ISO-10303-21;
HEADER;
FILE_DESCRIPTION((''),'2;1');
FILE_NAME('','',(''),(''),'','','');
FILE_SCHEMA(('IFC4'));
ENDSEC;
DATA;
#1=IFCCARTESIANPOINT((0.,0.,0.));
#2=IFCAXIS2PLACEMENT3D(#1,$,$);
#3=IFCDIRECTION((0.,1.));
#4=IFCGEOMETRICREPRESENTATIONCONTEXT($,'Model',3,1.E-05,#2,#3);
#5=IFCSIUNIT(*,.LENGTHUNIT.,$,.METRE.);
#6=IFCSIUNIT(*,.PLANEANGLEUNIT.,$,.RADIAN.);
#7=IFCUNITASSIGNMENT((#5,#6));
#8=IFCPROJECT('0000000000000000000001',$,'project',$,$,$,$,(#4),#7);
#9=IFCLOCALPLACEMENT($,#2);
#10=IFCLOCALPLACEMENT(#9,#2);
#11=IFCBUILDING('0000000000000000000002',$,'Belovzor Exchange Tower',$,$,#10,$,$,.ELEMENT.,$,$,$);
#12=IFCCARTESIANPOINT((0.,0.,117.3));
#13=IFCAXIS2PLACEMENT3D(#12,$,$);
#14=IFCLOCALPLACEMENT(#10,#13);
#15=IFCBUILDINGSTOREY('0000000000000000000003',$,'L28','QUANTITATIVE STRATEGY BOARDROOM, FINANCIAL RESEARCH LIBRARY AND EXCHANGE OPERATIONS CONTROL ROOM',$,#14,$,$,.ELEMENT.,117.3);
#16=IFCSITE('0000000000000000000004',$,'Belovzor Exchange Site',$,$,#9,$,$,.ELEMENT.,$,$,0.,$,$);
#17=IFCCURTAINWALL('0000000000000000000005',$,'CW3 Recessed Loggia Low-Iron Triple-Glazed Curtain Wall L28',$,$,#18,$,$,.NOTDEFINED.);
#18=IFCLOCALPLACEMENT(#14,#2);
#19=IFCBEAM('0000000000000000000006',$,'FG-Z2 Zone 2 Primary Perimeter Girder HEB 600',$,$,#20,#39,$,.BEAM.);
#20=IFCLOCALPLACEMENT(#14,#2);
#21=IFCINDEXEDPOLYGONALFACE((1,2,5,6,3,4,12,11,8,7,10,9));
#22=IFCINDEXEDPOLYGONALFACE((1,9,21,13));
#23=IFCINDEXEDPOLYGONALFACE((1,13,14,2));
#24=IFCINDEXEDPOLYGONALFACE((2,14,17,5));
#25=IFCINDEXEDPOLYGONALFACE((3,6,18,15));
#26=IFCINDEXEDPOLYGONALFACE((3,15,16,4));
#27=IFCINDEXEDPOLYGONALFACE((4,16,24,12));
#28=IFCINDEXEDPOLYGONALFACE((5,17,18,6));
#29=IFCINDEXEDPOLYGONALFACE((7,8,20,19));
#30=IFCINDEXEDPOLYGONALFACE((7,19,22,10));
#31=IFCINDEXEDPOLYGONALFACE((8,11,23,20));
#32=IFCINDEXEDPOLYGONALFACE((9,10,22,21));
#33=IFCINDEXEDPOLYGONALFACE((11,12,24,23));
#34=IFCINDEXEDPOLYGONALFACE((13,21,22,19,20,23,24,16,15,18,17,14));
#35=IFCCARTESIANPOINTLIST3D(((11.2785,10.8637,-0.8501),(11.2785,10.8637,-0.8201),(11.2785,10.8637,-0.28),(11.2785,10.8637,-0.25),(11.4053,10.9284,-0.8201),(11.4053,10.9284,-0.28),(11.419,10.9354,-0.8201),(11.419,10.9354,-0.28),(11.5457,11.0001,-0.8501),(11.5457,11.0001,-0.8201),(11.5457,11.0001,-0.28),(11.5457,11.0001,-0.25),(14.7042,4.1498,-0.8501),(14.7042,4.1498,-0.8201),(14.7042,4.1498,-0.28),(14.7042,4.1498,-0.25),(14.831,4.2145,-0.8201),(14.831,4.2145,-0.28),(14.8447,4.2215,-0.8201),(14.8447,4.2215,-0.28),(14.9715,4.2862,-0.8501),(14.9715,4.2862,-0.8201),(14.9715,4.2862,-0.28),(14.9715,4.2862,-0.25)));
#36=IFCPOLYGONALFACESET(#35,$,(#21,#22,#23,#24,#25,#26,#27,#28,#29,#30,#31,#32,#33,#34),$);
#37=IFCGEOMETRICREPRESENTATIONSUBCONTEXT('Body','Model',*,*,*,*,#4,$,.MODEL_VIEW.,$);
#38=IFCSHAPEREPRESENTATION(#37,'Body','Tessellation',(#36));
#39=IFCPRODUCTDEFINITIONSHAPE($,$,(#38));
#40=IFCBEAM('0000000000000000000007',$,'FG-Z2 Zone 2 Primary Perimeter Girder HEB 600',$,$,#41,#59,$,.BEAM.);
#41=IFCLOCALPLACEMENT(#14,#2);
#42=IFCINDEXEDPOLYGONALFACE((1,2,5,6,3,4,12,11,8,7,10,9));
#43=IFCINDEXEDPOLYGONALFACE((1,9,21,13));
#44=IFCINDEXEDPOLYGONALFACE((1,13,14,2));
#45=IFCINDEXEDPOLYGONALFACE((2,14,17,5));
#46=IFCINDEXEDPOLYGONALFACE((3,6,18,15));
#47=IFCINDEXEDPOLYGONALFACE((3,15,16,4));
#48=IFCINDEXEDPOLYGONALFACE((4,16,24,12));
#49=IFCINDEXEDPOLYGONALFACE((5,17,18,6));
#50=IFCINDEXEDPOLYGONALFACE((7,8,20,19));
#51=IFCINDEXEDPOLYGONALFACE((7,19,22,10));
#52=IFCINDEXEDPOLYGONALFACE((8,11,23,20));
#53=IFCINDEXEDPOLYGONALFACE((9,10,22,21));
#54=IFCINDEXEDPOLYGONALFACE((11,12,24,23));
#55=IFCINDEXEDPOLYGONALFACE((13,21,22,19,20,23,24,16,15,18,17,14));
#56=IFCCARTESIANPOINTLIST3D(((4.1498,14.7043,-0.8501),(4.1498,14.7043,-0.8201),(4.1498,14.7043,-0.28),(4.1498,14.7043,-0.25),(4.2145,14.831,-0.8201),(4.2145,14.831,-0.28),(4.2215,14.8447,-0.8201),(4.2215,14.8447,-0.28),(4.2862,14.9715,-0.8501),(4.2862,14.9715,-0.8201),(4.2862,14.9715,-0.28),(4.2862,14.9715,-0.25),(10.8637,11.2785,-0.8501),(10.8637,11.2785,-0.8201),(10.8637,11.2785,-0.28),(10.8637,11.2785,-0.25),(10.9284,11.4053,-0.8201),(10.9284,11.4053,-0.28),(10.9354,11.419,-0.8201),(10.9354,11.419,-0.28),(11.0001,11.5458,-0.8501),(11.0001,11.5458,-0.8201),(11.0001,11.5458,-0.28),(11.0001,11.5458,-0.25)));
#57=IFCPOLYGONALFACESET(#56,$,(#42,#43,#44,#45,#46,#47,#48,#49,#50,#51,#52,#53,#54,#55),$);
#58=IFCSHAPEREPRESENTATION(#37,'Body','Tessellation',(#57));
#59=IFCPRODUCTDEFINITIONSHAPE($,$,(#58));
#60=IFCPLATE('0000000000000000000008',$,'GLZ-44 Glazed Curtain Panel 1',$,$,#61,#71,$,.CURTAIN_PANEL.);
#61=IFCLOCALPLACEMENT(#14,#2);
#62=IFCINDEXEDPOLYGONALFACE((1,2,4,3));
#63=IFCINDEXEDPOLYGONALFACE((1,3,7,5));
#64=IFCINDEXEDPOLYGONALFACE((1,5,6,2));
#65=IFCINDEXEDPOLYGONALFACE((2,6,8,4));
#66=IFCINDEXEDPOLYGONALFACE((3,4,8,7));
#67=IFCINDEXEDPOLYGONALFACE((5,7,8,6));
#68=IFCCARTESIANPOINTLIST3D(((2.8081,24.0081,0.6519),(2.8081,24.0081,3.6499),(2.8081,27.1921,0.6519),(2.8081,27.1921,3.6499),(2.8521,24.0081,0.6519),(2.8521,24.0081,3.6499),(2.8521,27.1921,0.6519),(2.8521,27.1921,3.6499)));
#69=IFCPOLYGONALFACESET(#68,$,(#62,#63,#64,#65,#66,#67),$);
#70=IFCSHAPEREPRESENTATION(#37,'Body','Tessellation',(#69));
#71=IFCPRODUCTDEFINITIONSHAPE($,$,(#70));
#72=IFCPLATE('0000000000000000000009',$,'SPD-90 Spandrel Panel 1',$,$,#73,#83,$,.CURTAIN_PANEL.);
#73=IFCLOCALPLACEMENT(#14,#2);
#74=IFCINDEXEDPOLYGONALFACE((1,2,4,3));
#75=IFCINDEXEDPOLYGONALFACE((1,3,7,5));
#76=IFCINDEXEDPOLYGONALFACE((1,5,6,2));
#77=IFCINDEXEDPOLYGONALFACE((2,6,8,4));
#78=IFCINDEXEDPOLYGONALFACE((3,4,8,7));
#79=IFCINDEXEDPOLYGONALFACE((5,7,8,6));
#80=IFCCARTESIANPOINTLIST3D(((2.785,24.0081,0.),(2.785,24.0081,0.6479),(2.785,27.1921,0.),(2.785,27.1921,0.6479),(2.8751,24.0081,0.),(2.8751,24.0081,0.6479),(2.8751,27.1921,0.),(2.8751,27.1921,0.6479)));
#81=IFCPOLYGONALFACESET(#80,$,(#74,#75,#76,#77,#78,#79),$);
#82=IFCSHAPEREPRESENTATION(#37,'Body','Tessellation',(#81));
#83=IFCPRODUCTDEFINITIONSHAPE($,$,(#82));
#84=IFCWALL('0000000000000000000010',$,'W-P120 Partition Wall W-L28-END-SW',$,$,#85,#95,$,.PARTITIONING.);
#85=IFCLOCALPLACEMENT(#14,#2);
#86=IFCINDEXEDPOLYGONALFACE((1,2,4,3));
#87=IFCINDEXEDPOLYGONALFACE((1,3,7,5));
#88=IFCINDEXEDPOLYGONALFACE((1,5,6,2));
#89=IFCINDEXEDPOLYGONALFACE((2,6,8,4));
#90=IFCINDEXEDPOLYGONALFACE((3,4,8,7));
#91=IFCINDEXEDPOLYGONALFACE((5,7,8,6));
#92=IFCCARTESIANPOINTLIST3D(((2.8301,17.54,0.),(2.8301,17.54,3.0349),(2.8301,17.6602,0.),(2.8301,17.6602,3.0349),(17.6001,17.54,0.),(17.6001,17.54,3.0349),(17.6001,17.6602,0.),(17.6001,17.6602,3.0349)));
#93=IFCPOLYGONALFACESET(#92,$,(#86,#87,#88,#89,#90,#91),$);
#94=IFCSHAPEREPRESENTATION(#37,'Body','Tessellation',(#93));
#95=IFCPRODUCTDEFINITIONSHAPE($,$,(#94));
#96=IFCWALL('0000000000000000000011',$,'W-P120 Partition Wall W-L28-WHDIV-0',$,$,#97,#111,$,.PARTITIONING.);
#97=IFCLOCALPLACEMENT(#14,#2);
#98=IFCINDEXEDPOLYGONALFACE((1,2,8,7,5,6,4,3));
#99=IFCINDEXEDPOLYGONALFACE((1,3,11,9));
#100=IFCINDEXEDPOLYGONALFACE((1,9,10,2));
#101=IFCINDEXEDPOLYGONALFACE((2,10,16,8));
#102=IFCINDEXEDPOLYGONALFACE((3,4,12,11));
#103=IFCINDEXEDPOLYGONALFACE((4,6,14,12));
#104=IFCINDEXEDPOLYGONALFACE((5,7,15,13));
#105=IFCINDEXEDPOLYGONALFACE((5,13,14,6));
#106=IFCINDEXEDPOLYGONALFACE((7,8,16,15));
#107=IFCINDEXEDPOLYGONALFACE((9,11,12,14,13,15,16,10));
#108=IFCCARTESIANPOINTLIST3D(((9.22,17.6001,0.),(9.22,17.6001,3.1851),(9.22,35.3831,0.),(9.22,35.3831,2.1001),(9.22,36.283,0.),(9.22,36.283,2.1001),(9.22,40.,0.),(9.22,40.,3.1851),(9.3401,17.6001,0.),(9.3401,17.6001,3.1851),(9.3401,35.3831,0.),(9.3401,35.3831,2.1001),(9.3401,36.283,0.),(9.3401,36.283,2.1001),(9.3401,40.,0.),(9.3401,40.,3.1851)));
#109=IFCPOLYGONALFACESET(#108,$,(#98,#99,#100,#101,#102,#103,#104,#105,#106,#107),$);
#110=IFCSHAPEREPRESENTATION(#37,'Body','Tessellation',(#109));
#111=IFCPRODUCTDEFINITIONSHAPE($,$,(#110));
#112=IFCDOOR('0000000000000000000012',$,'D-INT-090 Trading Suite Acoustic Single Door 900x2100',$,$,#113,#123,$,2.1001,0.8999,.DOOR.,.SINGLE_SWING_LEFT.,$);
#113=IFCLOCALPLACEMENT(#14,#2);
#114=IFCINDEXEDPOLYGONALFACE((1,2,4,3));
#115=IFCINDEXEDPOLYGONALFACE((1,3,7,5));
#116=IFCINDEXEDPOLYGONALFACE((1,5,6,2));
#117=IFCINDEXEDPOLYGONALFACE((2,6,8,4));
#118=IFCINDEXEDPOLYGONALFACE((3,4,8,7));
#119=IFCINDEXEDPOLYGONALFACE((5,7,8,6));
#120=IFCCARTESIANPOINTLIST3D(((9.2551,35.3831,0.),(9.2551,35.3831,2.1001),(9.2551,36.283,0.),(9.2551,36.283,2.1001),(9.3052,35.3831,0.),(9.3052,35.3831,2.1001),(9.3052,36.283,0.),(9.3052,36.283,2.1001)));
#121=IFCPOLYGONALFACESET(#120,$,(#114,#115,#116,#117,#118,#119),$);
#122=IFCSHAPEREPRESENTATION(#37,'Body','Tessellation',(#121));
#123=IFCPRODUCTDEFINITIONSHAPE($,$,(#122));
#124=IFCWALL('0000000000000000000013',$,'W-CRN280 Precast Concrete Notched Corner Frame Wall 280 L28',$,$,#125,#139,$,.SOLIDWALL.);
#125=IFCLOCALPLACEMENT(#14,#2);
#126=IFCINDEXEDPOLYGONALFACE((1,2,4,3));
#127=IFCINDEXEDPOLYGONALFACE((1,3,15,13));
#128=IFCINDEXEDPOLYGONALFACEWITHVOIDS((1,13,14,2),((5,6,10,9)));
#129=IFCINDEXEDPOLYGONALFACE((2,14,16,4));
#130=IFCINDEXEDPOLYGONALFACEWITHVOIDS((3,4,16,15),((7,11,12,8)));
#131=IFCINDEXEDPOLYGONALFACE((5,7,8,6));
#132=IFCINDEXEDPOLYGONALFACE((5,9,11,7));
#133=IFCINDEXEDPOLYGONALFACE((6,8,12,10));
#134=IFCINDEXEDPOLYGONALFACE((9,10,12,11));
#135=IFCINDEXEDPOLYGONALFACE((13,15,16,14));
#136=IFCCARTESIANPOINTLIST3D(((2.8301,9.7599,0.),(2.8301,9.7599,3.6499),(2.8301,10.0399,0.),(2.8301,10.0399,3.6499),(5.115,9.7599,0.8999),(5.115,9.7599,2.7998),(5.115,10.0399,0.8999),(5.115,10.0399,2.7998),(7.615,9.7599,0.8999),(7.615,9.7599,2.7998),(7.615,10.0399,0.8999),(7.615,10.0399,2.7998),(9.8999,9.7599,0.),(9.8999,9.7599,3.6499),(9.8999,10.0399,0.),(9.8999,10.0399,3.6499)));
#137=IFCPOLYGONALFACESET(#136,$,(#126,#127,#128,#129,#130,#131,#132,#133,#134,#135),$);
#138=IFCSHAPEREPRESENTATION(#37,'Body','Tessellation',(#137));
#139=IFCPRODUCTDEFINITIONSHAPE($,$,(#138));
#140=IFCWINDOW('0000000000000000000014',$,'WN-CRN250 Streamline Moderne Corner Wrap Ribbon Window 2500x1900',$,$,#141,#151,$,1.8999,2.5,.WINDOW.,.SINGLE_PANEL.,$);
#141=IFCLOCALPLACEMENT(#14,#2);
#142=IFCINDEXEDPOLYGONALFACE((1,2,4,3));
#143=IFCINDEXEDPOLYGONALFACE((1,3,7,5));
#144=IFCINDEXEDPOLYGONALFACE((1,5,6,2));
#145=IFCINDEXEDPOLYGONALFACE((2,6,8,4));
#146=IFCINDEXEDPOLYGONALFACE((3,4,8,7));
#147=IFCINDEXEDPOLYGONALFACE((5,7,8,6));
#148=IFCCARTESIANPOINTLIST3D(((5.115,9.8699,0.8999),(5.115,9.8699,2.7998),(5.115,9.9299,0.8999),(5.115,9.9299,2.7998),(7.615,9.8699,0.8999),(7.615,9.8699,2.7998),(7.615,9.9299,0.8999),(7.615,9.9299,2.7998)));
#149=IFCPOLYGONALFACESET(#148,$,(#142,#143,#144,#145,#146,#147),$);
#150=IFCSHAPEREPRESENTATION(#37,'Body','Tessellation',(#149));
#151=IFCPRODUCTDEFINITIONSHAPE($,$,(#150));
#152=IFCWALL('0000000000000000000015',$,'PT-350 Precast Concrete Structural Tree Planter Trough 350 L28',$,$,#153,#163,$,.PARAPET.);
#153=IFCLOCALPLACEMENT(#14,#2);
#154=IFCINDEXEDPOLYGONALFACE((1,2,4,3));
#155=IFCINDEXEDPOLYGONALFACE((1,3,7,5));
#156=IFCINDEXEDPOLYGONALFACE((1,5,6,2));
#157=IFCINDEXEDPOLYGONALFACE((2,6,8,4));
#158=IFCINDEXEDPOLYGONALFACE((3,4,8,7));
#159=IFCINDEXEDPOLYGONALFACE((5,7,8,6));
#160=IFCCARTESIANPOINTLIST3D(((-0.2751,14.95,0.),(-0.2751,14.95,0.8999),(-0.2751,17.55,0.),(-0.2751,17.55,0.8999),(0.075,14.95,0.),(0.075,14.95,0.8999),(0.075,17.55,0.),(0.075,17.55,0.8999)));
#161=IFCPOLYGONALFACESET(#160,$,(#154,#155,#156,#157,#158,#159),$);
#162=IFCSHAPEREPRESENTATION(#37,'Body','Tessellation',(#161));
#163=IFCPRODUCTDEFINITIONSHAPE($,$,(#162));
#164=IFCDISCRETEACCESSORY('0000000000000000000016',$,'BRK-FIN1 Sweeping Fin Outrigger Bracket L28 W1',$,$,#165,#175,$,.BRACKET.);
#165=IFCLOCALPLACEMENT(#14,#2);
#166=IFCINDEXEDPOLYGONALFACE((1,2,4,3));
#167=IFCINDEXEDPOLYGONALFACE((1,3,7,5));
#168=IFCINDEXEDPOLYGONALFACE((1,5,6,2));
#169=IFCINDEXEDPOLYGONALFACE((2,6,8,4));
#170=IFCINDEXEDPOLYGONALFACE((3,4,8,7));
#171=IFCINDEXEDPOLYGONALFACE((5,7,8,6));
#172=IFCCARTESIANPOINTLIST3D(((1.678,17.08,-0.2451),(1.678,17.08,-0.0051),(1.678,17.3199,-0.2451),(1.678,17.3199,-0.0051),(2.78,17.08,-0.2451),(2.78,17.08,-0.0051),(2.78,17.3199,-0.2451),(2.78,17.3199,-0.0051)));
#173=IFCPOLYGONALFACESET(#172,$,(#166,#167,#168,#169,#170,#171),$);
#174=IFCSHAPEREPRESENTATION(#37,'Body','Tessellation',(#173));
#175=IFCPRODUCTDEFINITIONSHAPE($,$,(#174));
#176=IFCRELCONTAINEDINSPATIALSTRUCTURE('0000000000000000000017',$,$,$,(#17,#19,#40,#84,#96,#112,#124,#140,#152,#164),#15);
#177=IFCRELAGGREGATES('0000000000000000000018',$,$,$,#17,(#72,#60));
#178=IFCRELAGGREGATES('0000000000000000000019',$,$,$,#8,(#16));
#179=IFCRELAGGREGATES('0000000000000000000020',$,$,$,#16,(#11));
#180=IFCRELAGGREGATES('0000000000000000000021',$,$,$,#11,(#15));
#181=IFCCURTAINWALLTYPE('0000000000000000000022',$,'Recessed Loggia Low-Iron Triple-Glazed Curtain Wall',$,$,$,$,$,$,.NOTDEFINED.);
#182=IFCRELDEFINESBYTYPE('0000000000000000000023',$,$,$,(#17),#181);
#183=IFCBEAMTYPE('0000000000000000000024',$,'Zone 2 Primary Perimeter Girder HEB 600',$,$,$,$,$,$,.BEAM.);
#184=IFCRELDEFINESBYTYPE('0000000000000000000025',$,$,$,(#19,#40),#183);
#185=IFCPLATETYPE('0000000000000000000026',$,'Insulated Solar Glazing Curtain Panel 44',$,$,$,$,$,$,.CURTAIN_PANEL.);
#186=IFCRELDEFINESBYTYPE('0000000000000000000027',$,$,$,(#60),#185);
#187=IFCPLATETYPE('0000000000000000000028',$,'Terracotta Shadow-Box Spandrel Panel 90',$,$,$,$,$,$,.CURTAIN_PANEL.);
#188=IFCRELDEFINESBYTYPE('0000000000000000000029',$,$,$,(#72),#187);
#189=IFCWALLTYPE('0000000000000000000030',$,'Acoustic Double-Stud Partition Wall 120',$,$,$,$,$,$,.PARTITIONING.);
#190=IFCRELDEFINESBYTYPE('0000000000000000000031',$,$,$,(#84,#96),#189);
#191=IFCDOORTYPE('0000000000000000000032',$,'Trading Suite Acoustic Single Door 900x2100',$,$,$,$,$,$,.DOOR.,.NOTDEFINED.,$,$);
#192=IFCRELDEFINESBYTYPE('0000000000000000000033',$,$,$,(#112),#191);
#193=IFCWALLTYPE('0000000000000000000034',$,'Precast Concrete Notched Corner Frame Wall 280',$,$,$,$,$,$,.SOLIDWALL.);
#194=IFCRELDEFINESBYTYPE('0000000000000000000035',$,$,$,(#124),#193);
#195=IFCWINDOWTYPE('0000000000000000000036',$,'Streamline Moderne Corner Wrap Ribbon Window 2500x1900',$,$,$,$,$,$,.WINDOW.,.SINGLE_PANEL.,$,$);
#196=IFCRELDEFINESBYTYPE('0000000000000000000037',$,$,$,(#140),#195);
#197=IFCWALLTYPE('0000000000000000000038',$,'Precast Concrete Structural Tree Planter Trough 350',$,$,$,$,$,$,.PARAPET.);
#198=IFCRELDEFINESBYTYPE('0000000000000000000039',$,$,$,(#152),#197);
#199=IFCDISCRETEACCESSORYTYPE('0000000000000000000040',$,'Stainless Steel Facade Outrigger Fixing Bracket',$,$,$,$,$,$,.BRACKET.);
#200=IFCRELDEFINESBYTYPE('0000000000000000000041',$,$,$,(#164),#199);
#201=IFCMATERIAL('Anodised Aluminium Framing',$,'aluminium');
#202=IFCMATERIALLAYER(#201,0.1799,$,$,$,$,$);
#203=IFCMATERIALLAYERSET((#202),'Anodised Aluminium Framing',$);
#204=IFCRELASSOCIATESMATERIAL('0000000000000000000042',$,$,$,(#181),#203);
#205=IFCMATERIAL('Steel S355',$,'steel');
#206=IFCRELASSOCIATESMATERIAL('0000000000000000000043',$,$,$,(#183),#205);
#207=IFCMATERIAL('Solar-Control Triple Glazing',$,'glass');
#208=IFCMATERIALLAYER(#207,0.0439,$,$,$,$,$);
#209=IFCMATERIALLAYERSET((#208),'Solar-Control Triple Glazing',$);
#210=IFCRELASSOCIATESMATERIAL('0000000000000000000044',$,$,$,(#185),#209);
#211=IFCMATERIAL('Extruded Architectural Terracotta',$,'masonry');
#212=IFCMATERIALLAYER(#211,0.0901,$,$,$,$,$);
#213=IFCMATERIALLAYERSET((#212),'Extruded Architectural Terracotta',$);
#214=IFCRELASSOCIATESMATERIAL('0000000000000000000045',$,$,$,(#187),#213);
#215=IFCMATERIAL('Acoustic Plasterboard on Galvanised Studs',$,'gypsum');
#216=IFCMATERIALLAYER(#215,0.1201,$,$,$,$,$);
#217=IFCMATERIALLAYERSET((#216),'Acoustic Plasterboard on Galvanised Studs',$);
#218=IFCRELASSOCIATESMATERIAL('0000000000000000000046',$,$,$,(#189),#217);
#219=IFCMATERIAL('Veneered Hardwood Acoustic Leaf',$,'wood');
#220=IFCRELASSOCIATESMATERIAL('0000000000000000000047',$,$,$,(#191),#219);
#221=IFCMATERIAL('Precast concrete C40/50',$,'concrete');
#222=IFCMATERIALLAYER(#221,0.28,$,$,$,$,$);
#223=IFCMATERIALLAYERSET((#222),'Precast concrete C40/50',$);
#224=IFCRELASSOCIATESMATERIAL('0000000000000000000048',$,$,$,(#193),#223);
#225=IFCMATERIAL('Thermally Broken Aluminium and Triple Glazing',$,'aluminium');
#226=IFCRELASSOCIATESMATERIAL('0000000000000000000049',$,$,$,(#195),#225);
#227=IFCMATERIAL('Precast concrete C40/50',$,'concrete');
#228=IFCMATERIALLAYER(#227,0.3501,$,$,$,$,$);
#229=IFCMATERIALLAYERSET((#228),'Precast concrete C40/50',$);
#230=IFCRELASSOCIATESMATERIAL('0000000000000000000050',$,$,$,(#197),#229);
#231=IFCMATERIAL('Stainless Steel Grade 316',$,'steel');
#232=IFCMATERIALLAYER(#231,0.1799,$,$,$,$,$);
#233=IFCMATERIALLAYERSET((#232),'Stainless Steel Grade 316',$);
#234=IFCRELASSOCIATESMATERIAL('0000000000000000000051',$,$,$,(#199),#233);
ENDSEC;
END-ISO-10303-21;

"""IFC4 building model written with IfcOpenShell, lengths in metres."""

from ifc_helpers import new_model, si_unit, direction, frame, frame_2d, origin, origin_2d, place, context, subcontext, project, spatial, rectangle, i_section, extrude, material, layer, layer_set, material_profile, profile_set, type_object, element, fill, aggregate, save


model = new_model("IFC4")

# Units and contexts
model_context = context("Model", 3, precision=1e-05, world=origin(), true_north=direction((0.0, 1.0)))
body_context = subcontext(model_context, "Body", "Model", "MODEL_VIEW")
ifc_project = project(units=[si_unit("LENGTHUNIT", "METRE"), si_unit("PLANEANGLEUNIT", "RADIAN")], contexts=[model_context])

# Site, building, storey
site_placement = place(None, origin())
site = spatial("IfcSite", under=ifc_project, at=site_placement, Name="Belovzor Exchange Site", CompositionType="ELEMENT", RefElevation=0.0)
building_placement = place(site_placement, origin())
building = spatial("IfcBuilding", under=site, at=building_placement, Name="Belovzor Exchange Tower", CompositionType="ELEMENT")
storey_placement = place(building_placement, frame((0.0, 0.0, 117.3)))
storey = spatial("IfcBuildingStorey", under=building, at=storey_placement, Name="L28", Description="QUANTITATIVE STRATEGY BOARDROOM, FINANCIAL RESEARCH LIBRARY AND EXCHANGE OPERATIONS CONTROL ROOM", CompositionType="ELEMENT", Elevation=117.3)

# Curtain wall
ifc_material_1 = material(Name="Anodised Aluminium Framing", Category="aluminium")
ifc_layer_1 = layer(ifc_material_1, 0.1799)
ifc_layer_set_1 = layer_set([ifc_layer_1], Name="Anodised Aluminium Framing")
curtain_wall_type = type_object("IfcCurtainWallType", Name="Recessed Loggia Low-Iron Triple-Glazed Curtain Wall", PredefinedType="NOTDEFINED", material=ifc_layer_set_1)
curtain_wall_placement = place(storey_placement, origin())
curtain_wall = element("IfcCurtainWall", 1, at=curtain_wall_placement, inside=storey, type_object=curtain_wall_type, Name="CW3 Recessed Loggia Low-Iron Triple-Glazed Curtain Wall L28", PredefinedType="NOTDEFINED")

# Beams
ifc_material_2 = material(Name="Steel S355", Category="steel")
ifc_material_profile_1 = material_profile(ifc_material_2, i_section(OverallWidth=0.3, OverallDepth=0.6001, WebThickness=0.0154, FlangeThickness=0.03, at=origin_2d()))
ifc_profile_set_1 = profile_set([ifc_material_profile_1], Name="Steel S355")
beam_type_1 = type_object("IfcBeamType", Name="Zone 2 Primary Perimeter Girder HEB 600", PredefinedType="BEAM", material=ifc_profile_set_1)
for number, where, z_axis, x_axis, name in (
    (2, (11.4121, 10.9319, -0.55), (0.454506, -0.890744, 0.0), (0.890744, 0.454506, 0.0), "FG-Z2 Zone 2 Primary Perimeter Girder HEB 600"),
    (3, (4.218, 14.8379, -0.55), (0.890744, -0.454506, 0.0), (0.454506, 0.890744, 0.0), "FG-Z2 Zone 2 Primary Perimeter Girder HEB 600"),
):
    element("IfcBeam", number, at=place(storey_placement, frame(where, z_axis=z_axis, x_axis=x_axis)), inside=storey, type_object=beam_type_1, Name=name, PredefinedType="BEAM", context=body_context, shape_type="SweptSolid", body=[
        extrude(i_section(OverallWidth=0.3, OverallDepth=0.6001, WebThickness=0.0154, FlangeThickness=0.03, at=origin_2d()), origin(), (0.0, 0.0, 1.0), 7.5374),
    ])

# Plates
ifc_material_3 = material(Name="Solar-Control Triple Glazing", Category="glass")
ifc_layer_2 = layer(ifc_material_3, 0.0439)
ifc_layer_set_2 = layer_set([ifc_layer_2], Name="Solar-Control Triple Glazing")
plate_type_1 = type_object("IfcPlateType", Name="Insulated Solar Glazing Curtain Panel 44", PredefinedType="CURTAIN_PANEL", material=ifc_layer_set_2)
plate_1_placement = place(storey_placement, frame((2.8301, 25.6001, 0.6519), z_axis=(0.0, 0.0, 1.0), x_axis=(0.0, 1.0, 0.0)))
plate_1 = element("IfcPlate", 4, at=plate_1_placement, type_object=plate_type_1, Name="GLZ-44 Glazed Curtain Panel 1", PredefinedType="CURTAIN_PANEL", context=body_context, shape_type="SweptSolid", body=[
    extrude(rectangle(XDim=3.1841, YDim=0.0439, at=origin_2d()), origin(), (0.0, 0.0, 1.0), 2.998),
])
ifc_material_4 = material(Name="Extruded Architectural Terracotta", Category="masonry")
ifc_layer_3 = layer(ifc_material_4, 0.0901)
ifc_layer_set_3 = layer_set([ifc_layer_3], Name="Extruded Architectural Terracotta")
plate_type_2 = type_object("IfcPlateType", Name="Terracotta Shadow-Box Spandrel Panel 90", PredefinedType="CURTAIN_PANEL", material=ifc_layer_set_3)
plate_2_placement = place(storey_placement, frame((2.8301, 25.6001, 0.0), z_axis=(0.0, 0.0, 1.0), x_axis=(0.0, 1.0, 0.0)))
plate_2 = element("IfcPlate", 5, at=plate_2_placement, type_object=plate_type_2, Name="SPD-90 Spandrel Panel 1", PredefinedType="CURTAIN_PANEL", context=body_context, shape_type="SweptSolid", body=[
    extrude(rectangle(XDim=3.1841, YDim=0.0901, at=origin_2d()), origin(), (0.0, 0.0, 1.0), 0.6479),
])
aggregate(curtain_wall, [plate_2, plate_1])

# Wall
ifc_material_5 = material(Name="Acoustic Plasterboard on Galvanised Studs", Category="gypsum")
ifc_layer_4 = layer(ifc_material_5, 0.1201)
ifc_layer_set_4 = layer_set([ifc_layer_4], Name="Acoustic Plasterboard on Galvanised Studs")
wall_type_1 = type_object("IfcWallType", Name="Acoustic Double-Stud Partition Wall 120", PredefinedType="PARTITIONING", material=ifc_layer_set_4)
wall_1_placement = place(storey_placement, frame((2.8301, 17.6001, 0.0), z_axis=(0.0, 0.0, 1.0), x_axis=(1.0, 0.0, 0.0)))
element("IfcWall", 6, at=wall_1_placement, inside=storey, type_object=wall_type_1, Name="W-P120 Partition Wall W-L28-END-SW", PredefinedType="PARTITIONING", context=body_context, shape_type="SweptSolid", body=[
    extrude(rectangle(XDim=14.77, YDim=0.1201, at=frame_2d((7.385, 0.0))), origin(), (0.0, 0.0, 1.0), 3.0349),
])

# Wall, opening, door
wall_2_placement = place(storey_placement, frame((9.28, 17.6001, 0.0), z_axis=(0.0, 0.0, 1.0), x_axis=(0.0, 1.0, 0.0)))
wall_2 = element("IfcWall", 7, at=wall_2_placement, inside=storey, type_object=wall_type_1, Name="W-P120 Partition Wall W-L28-WHDIV-0", PredefinedType="PARTITIONING", context=body_context, shape_type="SweptSolid", body=[
    extrude(rectangle(XDim=22.3999, YDim=0.1201, at=frame_2d((11.2, 0.0))), origin(), (0.0, 0.0, 1.0), 3.1851),
])
opening_1_placement = place(wall_2_placement, frame((17.783, 0.0, 0.0)))
opening_1 = element("IfcOpeningElement", 8, at=opening_1_placement, cuts=wall_2, PredefinedType="OPENING", context=body_context, shape_type="SweptSolid", body=[
    extrude(rectangle(XDim=0.8999, YDim=2.1001, at=frame_2d((0.45, 1.05))), frame((0.0, 0.0701, 0.0), z_axis=(0.0, -1.0, 0.0), x_axis=(1.0, 0.0, 0.0)), (0.0, 0.0, 1.0), 0.1401),
])
ifc_material_6 = material(Name="Veneered Hardwood Acoustic Leaf", Category="wood")
door_type = type_object("IfcDoorType", Name="Trading Suite Acoustic Single Door 900x2100", OperationType="NOTDEFINED", PredefinedType="DOOR", material=ifc_material_6)
door_placement = place(opening_1_placement, origin())
door = element("IfcDoor", 9, at=door_placement, inside=storey, type_object=door_type, Name="D-INT-090 Trading Suite Acoustic Single Door 900x2100", OperationType="SINGLE_SWING_LEFT", OverallHeight=2.1001, OverallWidth=0.8999, PredefinedType="DOOR", context=body_context, shape_type="SweptSolid", body=[
    extrude(rectangle(XDim=0.8999, YDim=2.1001, at=frame_2d((0.45, 1.05))), frame((0.0, 0.0249, 0.0), z_axis=(0.0, -1.0, 0.0), x_axis=(1.0, 0.0, 0.0)), (0.0, 0.0, 1.0), 0.05),
])
fill(opening_1, door)

# Wall, opening, window
ifc_material_7 = material(Name="Precast concrete C40/50", Category="concrete")
ifc_layer_5 = layer(ifc_material_7, 0.28)
ifc_layer_set_5 = layer_set([ifc_layer_5], Name="Precast concrete C40/50")
wall_type_2 = type_object("IfcWallType", Name="Precast Concrete Notched Corner Frame Wall 280", PredefinedType="SOLIDWALL", material=ifc_layer_set_5)
wall_3_placement = place(storey_placement, frame((9.8999, 9.8999, 0.0), z_axis=(0.0, 0.0, 1.0), x_axis=(-1.0, 0.0, 0.0)))
wall_3 = element("IfcWall", 10, at=wall_3_placement, inside=storey, type_object=wall_type_2, Name="W-CRN280 Precast Concrete Notched Corner Frame Wall 280 L28", PredefinedType="SOLIDWALL", context=body_context, shape_type="SweptSolid", body=[
    extrude(rectangle(XDim=7.0698, YDim=0.28, at=frame_2d((3.5349, 0.0))), origin(), (0.0, 0.0, 1.0), 3.6499),
])
opening_2_placement = place(wall_3_placement, frame((2.2849, 0.0, 0.8999)))
opening_2 = element("IfcOpeningElement", 11, at=opening_2_placement, cuts=wall_3, PredefinedType="OPENING", context=body_context, shape_type="SweptSolid", body=[
    extrude(rectangle(XDim=2.5, YDim=1.8999, at=frame_2d((1.25, 0.95))), frame((0.0, 0.1499, 0.0), z_axis=(0.0, -1.0, 0.0), x_axis=(1.0, 0.0, 0.0)), (0.0, 0.0, 1.0), 0.3),
])
ifc_material_8 = material(Name="Thermally Broken Aluminium and Triple Glazing", Category="aluminium")
window_type = type_object("IfcWindowType", Name="Streamline Moderne Corner Wrap Ribbon Window 2500x1900", PartitioningType="SINGLE_PANEL", PredefinedType="WINDOW", material=ifc_material_8)
window_placement = place(opening_2_placement, origin())
window = element("IfcWindow", 12, at=window_placement, inside=storey, type_object=window_type, Name="WN-CRN250 Streamline Moderne Corner Wrap Ribbon Window 2500x1900", OverallHeight=1.8999, OverallWidth=2.5, PartitioningType="SINGLE_PANEL", PredefinedType="WINDOW", context=body_context, shape_type="SweptSolid", body=[
    extrude(rectangle(XDim=2.5, YDim=1.8999, at=frame_2d((1.25, 0.95))), frame((0.0, 0.03, 0.0), z_axis=(0.0, -1.0, 0.0), x_axis=(1.0, 0.0, 0.0)), (0.0, 0.0, 1.0), 0.0601),
])
fill(opening_2, window)

# Wall
ifc_material_9 = material(Name="Precast concrete C40/50", Category="concrete")
ifc_layer_6 = layer(ifc_material_9, 0.3501)
ifc_layer_set_6 = layer_set([ifc_layer_6], Name="Precast concrete C40/50")
wall_type_3 = type_object("IfcWallType", Name="Precast Concrete Structural Tree Planter Trough 350", PredefinedType="PARAPET", material=ifc_layer_set_6)
wall_4_placement = place(storey_placement, frame((-0.1001, 14.95, 0.0), z_axis=(0.0, 0.0, 1.0), x_axis=(0.0, 1.0, 0.0)))
element("IfcWall", 13, at=wall_4_placement, inside=storey, type_object=wall_type_3, Name="PT-350 Precast Concrete Structural Tree Planter Trough 350 L28", PredefinedType="PARAPET", context=body_context, shape_type="SweptSolid", body=[
    extrude(rectangle(XDim=2.6001, YDim=0.3501, at=frame_2d((1.3, 0.0))), origin(), (0.0, 0.0, 1.0), 0.8999),
])

# Discrete accessory
ifc_material_10 = material(Name="Stainless Steel Grade 316", Category="steel")
ifc_layer_7 = layer(ifc_material_10, 0.1799)
ifc_layer_set_7 = layer_set([ifc_layer_7], Name="Stainless Steel Grade 316")
discrete_accessory_type = type_object("IfcDiscreteAccessoryType", Name="Stainless Steel Facade Outrigger Fixing Bracket", PredefinedType="BRACKET", material=ifc_layer_set_7)
for number, where, z_axis, x_axis, name in (
    (14, (2.229, 17.2, -0.2451), (0.0, 0.0, 1.0), (1.0, 0.0, 0.0), "BRK-FIN1 Sweeping Fin Outrigger Bracket L28 W1"),
):
    element("IfcDiscreteAccessory", number, at=place(storey_placement, frame(where, z_axis=z_axis, x_axis=x_axis)), inside=storey, type_object=discrete_accessory_type, Name=name, PredefinedType="BRACKET", context=body_context, shape_type="SweptSolid", body=[
        extrude(rectangle(XDim=1.1021, YDim=0.24, at=origin_2d()), origin(), (0.0, 0.0, 1.0), 0.24),
    ])

save(model, "model.ifc")
